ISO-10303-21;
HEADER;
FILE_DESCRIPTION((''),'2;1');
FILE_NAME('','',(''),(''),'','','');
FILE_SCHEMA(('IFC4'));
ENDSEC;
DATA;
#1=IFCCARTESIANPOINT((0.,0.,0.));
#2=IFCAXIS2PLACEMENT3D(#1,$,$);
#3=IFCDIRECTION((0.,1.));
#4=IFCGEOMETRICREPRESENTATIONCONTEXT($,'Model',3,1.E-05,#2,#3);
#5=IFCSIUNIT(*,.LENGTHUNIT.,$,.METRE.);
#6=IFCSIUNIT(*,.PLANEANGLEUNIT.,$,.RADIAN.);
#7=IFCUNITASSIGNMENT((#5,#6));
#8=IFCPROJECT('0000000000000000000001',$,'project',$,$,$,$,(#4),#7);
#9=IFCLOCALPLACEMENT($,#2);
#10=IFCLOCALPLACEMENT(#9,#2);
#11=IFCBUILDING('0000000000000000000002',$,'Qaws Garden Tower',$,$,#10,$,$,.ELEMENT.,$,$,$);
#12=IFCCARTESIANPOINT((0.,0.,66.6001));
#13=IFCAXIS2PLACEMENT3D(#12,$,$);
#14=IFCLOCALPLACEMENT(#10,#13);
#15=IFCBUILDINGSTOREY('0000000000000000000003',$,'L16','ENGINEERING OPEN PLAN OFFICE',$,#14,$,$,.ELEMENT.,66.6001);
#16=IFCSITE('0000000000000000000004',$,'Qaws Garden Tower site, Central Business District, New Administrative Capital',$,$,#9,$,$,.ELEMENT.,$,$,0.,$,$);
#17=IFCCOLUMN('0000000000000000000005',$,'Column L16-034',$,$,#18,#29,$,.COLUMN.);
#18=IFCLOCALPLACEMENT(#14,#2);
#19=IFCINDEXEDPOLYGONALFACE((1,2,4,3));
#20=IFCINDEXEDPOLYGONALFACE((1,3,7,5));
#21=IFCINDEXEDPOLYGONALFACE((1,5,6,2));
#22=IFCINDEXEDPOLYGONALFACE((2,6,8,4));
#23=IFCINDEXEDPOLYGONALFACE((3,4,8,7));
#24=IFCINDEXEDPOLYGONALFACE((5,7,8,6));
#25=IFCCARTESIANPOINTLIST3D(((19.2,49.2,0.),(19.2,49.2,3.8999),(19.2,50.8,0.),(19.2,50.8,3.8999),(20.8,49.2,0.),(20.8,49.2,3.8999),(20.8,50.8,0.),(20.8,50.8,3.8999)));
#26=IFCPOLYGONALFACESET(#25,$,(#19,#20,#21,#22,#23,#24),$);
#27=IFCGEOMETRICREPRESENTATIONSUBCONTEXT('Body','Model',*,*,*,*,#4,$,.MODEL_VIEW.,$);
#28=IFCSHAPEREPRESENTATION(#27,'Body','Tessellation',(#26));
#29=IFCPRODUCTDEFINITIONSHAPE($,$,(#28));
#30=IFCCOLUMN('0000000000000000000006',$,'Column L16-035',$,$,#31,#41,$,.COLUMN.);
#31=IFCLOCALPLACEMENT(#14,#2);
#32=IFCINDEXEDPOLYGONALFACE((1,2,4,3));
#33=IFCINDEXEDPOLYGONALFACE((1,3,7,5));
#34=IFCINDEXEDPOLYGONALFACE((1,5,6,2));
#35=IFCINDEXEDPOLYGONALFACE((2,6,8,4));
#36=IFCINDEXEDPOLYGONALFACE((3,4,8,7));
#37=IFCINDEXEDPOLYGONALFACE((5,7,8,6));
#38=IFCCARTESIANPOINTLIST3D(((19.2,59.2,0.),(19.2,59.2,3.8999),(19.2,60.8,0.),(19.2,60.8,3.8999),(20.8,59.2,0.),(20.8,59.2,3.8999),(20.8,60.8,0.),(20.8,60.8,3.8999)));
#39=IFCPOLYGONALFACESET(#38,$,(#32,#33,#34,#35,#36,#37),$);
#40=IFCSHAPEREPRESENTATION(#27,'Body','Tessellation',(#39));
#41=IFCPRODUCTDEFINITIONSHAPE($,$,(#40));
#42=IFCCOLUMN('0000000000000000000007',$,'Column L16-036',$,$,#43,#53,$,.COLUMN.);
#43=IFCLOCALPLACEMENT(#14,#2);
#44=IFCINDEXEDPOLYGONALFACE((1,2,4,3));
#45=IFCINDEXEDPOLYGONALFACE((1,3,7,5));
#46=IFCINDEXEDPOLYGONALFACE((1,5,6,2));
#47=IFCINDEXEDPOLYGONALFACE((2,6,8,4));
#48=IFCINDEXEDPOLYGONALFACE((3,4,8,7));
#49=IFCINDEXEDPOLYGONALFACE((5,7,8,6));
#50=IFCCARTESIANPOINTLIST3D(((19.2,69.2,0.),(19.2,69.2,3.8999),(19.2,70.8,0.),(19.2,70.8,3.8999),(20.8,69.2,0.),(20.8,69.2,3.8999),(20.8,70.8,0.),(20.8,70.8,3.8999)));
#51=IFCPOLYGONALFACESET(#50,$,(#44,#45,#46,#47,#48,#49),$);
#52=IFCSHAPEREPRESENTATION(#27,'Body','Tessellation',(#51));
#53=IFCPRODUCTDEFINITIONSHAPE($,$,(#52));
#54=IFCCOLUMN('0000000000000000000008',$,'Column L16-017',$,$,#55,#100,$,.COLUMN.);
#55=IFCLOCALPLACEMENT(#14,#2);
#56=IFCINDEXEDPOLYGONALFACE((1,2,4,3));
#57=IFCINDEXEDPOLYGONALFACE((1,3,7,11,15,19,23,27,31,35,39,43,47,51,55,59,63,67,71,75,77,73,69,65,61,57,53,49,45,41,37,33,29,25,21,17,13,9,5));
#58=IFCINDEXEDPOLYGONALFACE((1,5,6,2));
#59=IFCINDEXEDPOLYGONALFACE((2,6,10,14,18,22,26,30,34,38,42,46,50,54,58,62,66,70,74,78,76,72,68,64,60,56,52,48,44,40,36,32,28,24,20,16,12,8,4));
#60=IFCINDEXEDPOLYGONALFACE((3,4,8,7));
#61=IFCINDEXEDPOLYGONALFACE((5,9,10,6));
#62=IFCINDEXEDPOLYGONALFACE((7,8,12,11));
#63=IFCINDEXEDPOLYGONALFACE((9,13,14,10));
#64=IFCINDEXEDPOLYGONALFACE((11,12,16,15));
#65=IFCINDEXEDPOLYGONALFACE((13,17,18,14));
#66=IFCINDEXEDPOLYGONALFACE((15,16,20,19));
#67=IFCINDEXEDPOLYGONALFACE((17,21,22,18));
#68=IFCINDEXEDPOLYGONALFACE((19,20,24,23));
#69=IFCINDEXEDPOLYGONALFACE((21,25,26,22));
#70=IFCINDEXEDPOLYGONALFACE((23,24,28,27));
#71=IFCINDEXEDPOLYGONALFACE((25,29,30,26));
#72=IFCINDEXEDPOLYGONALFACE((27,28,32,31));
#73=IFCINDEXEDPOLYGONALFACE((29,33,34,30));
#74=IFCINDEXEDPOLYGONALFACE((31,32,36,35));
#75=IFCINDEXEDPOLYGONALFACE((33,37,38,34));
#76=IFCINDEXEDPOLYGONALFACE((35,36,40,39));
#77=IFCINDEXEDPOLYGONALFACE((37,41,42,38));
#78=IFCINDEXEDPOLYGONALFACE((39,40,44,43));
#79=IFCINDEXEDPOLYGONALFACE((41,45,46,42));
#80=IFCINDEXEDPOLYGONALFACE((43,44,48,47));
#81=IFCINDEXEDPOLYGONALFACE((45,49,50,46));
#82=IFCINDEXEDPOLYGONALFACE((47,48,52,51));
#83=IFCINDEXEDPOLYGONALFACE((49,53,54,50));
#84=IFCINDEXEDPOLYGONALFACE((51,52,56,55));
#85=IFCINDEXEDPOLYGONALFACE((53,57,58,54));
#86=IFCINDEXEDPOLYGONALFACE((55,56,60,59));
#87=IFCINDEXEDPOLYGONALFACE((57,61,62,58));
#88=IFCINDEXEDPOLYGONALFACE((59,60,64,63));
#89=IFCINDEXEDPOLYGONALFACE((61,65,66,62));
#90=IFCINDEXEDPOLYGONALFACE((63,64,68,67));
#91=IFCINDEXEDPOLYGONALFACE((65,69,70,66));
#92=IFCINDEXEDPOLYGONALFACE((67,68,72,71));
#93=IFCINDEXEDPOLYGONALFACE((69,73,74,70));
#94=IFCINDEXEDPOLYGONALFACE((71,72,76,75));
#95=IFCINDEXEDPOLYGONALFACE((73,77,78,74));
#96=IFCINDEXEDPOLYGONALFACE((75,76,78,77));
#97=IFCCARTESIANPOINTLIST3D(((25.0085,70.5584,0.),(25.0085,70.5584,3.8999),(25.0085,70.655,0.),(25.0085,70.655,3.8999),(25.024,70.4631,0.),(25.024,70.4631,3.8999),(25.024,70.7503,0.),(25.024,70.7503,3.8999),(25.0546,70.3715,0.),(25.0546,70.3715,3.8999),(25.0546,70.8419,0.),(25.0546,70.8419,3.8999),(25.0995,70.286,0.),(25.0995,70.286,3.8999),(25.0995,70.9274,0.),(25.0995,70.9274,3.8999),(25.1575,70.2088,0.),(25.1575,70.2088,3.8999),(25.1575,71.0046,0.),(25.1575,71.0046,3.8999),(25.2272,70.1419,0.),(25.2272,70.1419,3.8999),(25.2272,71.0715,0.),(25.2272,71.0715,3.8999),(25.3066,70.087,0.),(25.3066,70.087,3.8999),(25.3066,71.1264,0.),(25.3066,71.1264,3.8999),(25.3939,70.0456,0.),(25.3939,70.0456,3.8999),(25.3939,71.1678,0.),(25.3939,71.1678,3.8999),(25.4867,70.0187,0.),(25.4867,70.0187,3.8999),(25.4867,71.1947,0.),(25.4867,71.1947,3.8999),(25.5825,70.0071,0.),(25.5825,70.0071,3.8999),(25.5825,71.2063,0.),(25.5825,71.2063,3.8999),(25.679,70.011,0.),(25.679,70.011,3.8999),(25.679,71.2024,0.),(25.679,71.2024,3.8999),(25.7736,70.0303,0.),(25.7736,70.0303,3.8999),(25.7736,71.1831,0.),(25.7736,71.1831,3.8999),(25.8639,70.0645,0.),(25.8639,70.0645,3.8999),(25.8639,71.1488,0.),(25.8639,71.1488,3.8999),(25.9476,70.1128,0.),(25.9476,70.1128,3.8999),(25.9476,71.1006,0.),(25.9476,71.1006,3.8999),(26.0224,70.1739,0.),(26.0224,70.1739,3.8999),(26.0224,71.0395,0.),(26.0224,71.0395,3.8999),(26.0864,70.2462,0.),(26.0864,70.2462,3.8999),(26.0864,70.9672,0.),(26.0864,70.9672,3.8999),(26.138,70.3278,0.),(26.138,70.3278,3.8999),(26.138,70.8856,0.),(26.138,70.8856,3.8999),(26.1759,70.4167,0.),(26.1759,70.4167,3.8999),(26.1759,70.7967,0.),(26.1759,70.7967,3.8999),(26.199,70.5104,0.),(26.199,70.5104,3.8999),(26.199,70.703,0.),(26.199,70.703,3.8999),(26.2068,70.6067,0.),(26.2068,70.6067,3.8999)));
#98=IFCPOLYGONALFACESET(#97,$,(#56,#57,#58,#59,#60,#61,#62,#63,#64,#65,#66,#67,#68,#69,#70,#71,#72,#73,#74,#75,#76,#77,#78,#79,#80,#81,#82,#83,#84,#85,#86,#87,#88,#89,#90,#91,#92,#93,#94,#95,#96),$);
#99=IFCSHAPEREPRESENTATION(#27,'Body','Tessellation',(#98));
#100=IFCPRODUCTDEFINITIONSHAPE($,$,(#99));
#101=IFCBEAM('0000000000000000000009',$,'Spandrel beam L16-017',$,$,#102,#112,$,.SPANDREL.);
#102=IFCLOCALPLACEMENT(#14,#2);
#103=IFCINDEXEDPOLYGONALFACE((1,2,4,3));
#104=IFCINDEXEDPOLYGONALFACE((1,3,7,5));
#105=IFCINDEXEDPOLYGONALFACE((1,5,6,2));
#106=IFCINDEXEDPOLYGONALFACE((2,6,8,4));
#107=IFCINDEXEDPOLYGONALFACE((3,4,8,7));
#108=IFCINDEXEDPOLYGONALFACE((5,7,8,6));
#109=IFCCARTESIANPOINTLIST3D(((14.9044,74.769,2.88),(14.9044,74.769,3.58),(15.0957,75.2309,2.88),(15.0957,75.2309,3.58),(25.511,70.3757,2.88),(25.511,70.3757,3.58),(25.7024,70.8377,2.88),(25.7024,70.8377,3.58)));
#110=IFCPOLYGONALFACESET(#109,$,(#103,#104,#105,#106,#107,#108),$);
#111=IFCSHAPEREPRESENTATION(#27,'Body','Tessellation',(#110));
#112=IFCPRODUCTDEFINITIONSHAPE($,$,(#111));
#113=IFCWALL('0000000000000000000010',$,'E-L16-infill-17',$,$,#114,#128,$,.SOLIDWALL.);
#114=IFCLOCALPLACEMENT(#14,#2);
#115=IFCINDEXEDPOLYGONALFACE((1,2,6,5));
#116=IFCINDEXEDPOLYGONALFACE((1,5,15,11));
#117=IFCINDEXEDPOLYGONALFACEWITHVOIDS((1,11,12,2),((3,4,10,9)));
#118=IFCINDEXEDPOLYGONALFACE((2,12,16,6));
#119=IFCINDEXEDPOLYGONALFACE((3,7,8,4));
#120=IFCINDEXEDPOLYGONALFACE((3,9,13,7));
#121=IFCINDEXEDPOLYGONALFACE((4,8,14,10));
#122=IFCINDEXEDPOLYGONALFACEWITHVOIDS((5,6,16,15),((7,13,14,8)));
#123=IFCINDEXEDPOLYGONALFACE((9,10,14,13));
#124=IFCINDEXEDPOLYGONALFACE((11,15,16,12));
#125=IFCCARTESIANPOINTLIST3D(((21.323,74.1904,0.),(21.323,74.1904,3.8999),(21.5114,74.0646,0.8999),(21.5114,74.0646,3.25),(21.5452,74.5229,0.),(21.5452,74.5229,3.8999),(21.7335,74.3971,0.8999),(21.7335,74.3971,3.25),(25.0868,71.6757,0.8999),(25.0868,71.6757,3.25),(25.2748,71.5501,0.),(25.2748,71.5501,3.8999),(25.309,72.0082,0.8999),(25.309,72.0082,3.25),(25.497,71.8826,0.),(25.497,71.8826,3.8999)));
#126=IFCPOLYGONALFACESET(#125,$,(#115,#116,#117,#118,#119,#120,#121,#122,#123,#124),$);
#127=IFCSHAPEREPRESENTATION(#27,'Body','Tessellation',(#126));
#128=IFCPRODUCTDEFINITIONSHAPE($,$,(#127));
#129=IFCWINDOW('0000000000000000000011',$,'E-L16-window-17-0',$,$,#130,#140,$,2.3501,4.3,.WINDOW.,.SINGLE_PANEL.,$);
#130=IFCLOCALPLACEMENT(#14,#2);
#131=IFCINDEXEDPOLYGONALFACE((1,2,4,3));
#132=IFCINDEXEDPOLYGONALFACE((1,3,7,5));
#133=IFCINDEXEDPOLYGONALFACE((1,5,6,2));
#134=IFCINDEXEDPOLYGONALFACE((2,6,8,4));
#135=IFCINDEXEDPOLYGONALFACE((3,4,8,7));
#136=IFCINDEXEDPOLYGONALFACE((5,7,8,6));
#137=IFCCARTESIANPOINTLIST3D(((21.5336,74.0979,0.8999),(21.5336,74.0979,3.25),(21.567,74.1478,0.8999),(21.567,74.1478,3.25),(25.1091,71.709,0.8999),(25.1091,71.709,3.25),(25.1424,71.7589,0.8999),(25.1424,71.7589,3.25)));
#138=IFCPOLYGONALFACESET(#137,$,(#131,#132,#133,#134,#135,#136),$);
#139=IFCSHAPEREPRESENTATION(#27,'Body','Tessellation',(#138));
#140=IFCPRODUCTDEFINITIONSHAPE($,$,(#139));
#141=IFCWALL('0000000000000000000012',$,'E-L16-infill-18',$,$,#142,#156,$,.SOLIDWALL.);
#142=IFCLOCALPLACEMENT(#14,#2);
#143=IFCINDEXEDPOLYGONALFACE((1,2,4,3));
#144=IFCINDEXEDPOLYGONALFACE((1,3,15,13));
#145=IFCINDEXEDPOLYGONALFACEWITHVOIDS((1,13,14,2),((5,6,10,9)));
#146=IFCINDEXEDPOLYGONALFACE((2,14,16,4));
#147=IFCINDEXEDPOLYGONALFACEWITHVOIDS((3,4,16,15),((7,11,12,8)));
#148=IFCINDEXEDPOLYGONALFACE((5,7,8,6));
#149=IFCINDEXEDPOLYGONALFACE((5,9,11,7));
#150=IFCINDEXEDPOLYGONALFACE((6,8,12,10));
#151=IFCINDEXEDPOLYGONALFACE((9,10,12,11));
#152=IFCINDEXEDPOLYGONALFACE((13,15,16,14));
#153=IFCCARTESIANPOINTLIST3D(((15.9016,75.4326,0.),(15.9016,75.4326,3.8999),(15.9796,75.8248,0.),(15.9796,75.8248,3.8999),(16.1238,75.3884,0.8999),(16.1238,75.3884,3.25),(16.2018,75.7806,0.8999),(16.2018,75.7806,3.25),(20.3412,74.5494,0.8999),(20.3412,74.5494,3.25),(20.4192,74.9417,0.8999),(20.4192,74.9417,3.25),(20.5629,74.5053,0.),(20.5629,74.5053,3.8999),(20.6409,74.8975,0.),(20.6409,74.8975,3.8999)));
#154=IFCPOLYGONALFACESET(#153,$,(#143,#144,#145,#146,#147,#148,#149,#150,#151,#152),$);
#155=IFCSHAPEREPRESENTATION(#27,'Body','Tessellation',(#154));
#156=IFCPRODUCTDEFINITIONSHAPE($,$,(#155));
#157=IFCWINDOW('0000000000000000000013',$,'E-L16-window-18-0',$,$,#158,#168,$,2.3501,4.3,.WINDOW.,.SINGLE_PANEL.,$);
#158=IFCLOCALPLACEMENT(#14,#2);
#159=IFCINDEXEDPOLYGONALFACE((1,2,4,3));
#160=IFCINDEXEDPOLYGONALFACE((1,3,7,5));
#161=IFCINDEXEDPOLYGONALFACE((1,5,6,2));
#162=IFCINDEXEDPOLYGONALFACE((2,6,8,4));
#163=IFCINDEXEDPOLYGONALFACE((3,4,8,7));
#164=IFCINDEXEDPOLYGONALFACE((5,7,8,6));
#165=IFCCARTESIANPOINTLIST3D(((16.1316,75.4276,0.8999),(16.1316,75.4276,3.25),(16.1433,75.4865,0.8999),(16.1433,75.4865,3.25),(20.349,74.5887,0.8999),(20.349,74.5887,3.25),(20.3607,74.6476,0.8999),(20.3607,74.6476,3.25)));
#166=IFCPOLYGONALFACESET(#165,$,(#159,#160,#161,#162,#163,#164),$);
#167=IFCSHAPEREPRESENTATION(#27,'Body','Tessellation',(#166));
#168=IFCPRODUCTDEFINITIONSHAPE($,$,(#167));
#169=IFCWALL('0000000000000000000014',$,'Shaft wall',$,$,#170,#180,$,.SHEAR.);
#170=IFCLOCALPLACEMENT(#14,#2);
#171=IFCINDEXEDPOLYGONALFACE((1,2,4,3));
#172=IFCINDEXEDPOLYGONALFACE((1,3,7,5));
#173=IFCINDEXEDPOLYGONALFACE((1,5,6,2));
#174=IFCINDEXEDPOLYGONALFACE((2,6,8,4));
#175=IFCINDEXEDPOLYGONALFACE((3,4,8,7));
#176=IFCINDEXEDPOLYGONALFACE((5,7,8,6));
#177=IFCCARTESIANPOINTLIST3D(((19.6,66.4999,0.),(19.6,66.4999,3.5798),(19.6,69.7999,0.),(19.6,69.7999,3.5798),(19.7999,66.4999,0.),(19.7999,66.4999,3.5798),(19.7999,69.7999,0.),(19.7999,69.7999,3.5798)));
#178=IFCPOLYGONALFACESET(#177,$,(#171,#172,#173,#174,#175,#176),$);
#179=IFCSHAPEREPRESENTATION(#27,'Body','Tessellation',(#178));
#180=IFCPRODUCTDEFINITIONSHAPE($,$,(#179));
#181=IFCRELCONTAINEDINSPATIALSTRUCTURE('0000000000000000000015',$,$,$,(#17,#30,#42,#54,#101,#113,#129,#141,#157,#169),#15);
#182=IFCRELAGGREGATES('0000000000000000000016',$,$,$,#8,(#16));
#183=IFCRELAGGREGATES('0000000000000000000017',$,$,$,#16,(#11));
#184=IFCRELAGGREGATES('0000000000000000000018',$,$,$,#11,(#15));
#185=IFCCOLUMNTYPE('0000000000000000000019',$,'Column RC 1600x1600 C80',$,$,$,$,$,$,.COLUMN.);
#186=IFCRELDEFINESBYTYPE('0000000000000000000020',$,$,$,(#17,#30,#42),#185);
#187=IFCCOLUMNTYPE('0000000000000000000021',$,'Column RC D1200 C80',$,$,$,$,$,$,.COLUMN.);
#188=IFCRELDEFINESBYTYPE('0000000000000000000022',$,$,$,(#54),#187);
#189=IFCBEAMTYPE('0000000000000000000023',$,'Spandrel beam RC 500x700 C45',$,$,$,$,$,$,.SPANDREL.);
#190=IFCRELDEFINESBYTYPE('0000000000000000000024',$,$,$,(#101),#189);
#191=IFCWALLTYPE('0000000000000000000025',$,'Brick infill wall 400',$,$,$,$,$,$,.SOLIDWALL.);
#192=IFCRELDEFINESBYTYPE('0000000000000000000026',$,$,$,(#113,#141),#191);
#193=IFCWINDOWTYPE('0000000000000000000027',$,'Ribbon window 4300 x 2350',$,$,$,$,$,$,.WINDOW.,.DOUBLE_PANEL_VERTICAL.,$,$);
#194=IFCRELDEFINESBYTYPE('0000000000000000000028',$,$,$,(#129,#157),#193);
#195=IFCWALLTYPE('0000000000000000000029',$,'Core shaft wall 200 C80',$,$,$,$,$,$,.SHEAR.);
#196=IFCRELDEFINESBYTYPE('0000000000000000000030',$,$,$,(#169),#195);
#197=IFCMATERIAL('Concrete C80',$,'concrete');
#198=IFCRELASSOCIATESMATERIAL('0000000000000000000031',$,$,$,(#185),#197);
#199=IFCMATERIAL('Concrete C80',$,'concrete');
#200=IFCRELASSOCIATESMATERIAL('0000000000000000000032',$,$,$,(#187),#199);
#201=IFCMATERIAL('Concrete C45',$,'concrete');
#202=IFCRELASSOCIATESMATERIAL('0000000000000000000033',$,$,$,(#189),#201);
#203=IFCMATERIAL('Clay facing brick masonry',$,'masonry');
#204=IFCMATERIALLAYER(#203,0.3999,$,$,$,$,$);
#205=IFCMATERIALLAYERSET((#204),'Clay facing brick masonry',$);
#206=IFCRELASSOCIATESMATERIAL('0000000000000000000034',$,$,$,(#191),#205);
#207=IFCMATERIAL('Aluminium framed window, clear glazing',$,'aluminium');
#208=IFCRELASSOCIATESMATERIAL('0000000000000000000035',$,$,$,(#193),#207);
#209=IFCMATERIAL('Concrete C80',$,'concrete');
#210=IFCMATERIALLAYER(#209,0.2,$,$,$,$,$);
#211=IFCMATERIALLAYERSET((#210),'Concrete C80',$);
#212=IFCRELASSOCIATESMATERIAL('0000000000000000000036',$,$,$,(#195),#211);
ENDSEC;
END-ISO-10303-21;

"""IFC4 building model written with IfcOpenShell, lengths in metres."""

from ifc_helpers import new_model, si_unit, direction, frame, frame_2d, origin, origin_2d, place, context, subcontext, project, spatial, rectangle, circle, extrude, material, layer, layer_set, material_profile, profile_set, type_object, element, fill, save


model = new_model("IFC4")

# Units and contexts
model_context = context("Model", 3, precision=1e-05, world=origin(), true_north=direction((0.0, 1.0)))
body_context = subcontext(model_context, "Body", "Model", "MODEL_VIEW")
ifc_project = project(units=[si_unit("LENGTHUNIT", "METRE"), si_unit("PLANEANGLEUNIT", "RADIAN")], contexts=[model_context])

# Site, building, storey
site_placement = place(None, origin())
site = spatial("IfcSite", under=ifc_project, at=site_placement, Name="Qaws Garden Tower site, Central Business District, New Administrative Capital", CompositionType="ELEMENT", RefElevation=0.0)
building_placement = place(site_placement, origin())
building = spatial("IfcBuilding", under=site, at=building_placement, Name="Qaws Garden Tower", CompositionType="ELEMENT")
storey_placement = place(building_placement, frame((0.0, 0.0, 66.6001)))
storey = spatial("IfcBuildingStorey", under=building, at=storey_placement, Name="L16", Description="ENGINEERING OPEN PLAN OFFICE", CompositionType="ELEMENT", Elevation=66.6001)

# Columns
ifc_material_1 = material(Name="Concrete C80", Category="concrete")
ifc_material_profile_1 = material_profile(ifc_material_1, rectangle(XDim=1.6001, YDim=1.6001, at=origin_2d()), Name="RC 1600x1600")
ifc_profile_set_1 = profile_set([ifc_material_profile_1], Name="Concrete C80")
column_type_1 = type_object("IfcColumnType", Name="Column RC 1600x1600 C80", PredefinedType="COLUMN", material=ifc_profile_set_1)
for number, where, z_axis, x_axis, name in (
    (1, (20.0, 50.0, 0.0), (0.0, 0.0, 1.0), (1.0, 0.0, 0.0), "Column L16-034"),
    (2, (20.0, 60.0, 0.0), (0.0, 0.0, 1.0), (1.0, 0.0, 0.0), "Column L16-035"),
    (3, (20.0, 70.0, 0.0), (0.0, 0.0, 1.0), (1.0, 0.0, 0.0), "Column L16-036"),
):
    element("IfcColumn", number, at=place(storey_placement, frame(where, z_axis=z_axis, x_axis=x_axis)), inside=storey, type_object=column_type_1, Name=name, PredefinedType="COLUMN", context=body_context, shape_type="SweptSolid", body=[
        extrude(rectangle(XDim=1.6001, YDim=1.6001, at=origin_2d()), origin(), (0.0, 0.0, 1.0), 3.8999),
    ])
ifc_material_2 = material(Name="Concrete C80", Category="concrete")
ifc_material_profile_2 = material_profile(ifc_material_2, circle(Radius=0.6001, at=origin_2d()), Name="RC D1200")
ifc_profile_set_2 = profile_set([ifc_material_profile_2], Name="Concrete C80")
column_type_2 = type_object("IfcColumnType", Name="Column RC D1200 C80", PredefinedType="COLUMN", material=ifc_profile_set_2)
column_placement = place(storey_placement, frame((25.6067, 70.6067, 0.0), z_axis=(0.0, 0.0, 1.0), x_axis=(1.0, 0.0, 0.0)))
element("IfcColumn", 4, at=column_placement, inside=storey, type_object=column_type_2, Name="Column L16-017", PredefinedType="COLUMN", context=body_context, shape_type="SweptSolid", body=[
    extrude(circle(Radius=0.6001, at=origin_2d()), origin(), (0.0, 0.0, 1.0), 3.8999),
])

# Beam
ifc_material_3 = material(Name="Concrete C45", Category="concrete")
ifc_material_profile_3 = material_profile(ifc_material_3, rectangle(XDim=0.5, YDim=0.7, at=origin_2d()), Name="RC 500x700")
ifc_profile_set_3 = profile_set([ifc_material_profile_3], Name="Concrete C45")
beam_type = type_object("IfcBeamType", Name="Spandrel beam RC 500x700 C45", PredefinedType="SPANDREL", material=ifc_profile_set_3)
beam_placement = place(storey_placement, frame((25.6067, 70.6067, 3.23), z_axis=(-0.923883, 0.382674, 0.0), x_axis=(-0.382674, -0.923883, 0.0)))
element("IfcBeam", 5, at=beam_placement, inside=storey, type_object=beam_type, Name="Spandrel beam L16-017", PredefinedType="SPANDREL", context=body_context, shape_type="SweptSolid", body=[
    extrude(rectangle(XDim=0.5, YDim=0.7, at=origin_2d()), origin(), (0.0, 0.0, 1.0), 11.4805),
])

# Walls, openings, windows
ifc_material_4 = material(Name="Clay facing brick masonry", Category="masonry")
ifc_layer_1 = layer(ifc_material_4, 0.3999)
ifc_layer_set_1 = layer_set([ifc_layer_1], Name="Clay facing brick masonry")
wall_type_1 = type_object("IfcWallType", Name="Brick infill wall 400", PredefinedType="SOLIDWALL", material=ifc_layer_set_1)
wall_1_placement = place(storey_placement, frame((25.386, 71.7163, 0.0), z_axis=(0.0, 0.0, 1.0), x_axis=(-0.831489, 0.555542, 0.0)))
wall_1 = element("IfcWall", 6, at=wall_1_placement, inside=storey, type_object=wall_type_1, Name="E-L16-infill-17", PredefinedType="SOLIDWALL", context=body_context, shape_type="SweptSolid", body=[
    extrude(rectangle(XDim=4.7527, YDim=0.3999, at=frame_2d((2.3765, 0.0))), origin(), (0.0, 0.0, 1.0), 3.8999),
])
opening_1_placement = place(wall_1_placement, frame((0.2263, 0.0, 0.8999)))
opening_1 = element("IfcOpeningElement", 7, at=opening_1_placement, cuts=wall_1, PredefinedType="OPENING", context=body_context, shape_type="SweptSolid", body=[
    extrude(rectangle(XDim=4.3, YDim=2.3501, at=frame_2d((2.1499, 1.175))), frame((0.0, 0.21, 0.0), z_axis=(0.0, -1.0, 0.0), x_axis=(1.0, 0.0, 0.0)), (0.0, 0.0, 1.0), 0.4199),
])
ifc_material_5 = material(Name="Aluminium framed window, clear glazing", Category="aluminium")
window_type = type_object("IfcWindowType", Name="Ribbon window 4300 x 2350", PartitioningType="DOUBLE_PANEL_VERTICAL", PredefinedType="WINDOW", material=ifc_material_5)
window_1_placement = place(opening_1_placement, origin())
window_1 = element("IfcWindow", 8, at=window_1_placement, inside=storey, type_object=window_type, Name="E-L16-window-17-0", OverallHeight=2.3501, OverallWidth=4.3, PartitioningType="SINGLE_PANEL", PredefinedType="WINDOW", context=body_context, shape_type="SweptSolid", body=[
    extrude(rectangle(XDim=4.3, YDim=2.3501, at=frame_2d((2.1499, 1.175))), frame((0.0, 0.1599, 0.0), z_axis=(0.0, -1.0, 0.0), x_axis=(1.0, 0.0, 0.0)), (0.0, 0.0, 1.0), 0.0601),
])
fill(opening_1, window_1)
wall_2_placement = place(storey_placement, frame((20.6021, 74.7014, 0.0), z_axis=(0.0, 0.0, 1.0), x_axis=(-0.980784, 0.195099, 0.0)))
wall_2 = element("IfcWall", 9, at=wall_2_placement, inside=storey, type_object=wall_type_1, Name="E-L16-infill-18", PredefinedType="SOLIDWALL", context=body_context, shape_type="SweptSolid", body=[
    extrude(rectangle(XDim=4.7527, YDim=0.3999, at=frame_2d((2.3765, 0.0))), origin(), (0.0, 0.0, 1.0), 3.8999),
])
opening_2_placement = place(wall_2_placement, frame((0.2263, 0.0, 0.8999)))
opening_2 = element("IfcOpeningElement", 10, at=opening_2_placement, cuts=wall_2, PredefinedType="OPENING", context=body_context, shape_type="SweptSolid", body=[
    extrude(rectangle(XDim=4.3, YDim=2.3501, at=frame_2d((2.1499, 1.175))), frame((0.0, 0.21, 0.0), z_axis=(0.0, -1.0, 0.0), x_axis=(1.0, 0.0, 0.0)), (0.0, 0.0, 1.0), 0.4199),
])
window_2_placement = place(opening_2_placement, origin())
window_2 = element("IfcWindow", 11, at=window_2_placement, inside=storey, type_object=window_type, Name="E-L16-window-18-0", OverallHeight=2.3501, OverallWidth=4.3, PartitioningType="SINGLE_PANEL", PredefinedType="WINDOW", context=body_context, shape_type="SweptSolid", body=[
    extrude(rectangle(XDim=4.3, YDim=2.3501, at=frame_2d((2.1499, 1.175))), frame((0.0, 0.1599, 0.0), z_axis=(0.0, -1.0, 0.0), x_axis=(1.0, 0.0, 0.0)), (0.0, 0.0, 1.0), 0.0601),
])
fill(opening_2, window_2)

# Wall
ifc_material_6 = material(Name="Concrete C80", Category="concrete")
ifc_layer_2 = layer(ifc_material_6, 0.2)
ifc_layer_set_2 = layer_set([ifc_layer_2], Name="Concrete C80")
wall_type_2 = type_object("IfcWallType", Name="Core shaft wall 200 C80", PredefinedType="SHEAR", material=ifc_layer_set_2)
wall_3_placement = place(storey_placement, frame((19.7, 66.5, 0.0), z_axis=(0.0, 0.0, 1.0), x_axis=(0.0, 1.0, 0.0)))
element("IfcWall", 12, at=wall_3_placement, inside=storey, type_object=wall_type_2, Name="Shaft wall", PredefinedType="SHEAR", context=body_context, shape_type="SweptSolid", body=[
    extrude(rectangle(XDim=3.3, YDim=0.2, at=frame_2d((1.6499, 0.0))), origin(), (0.0, 0.0, 1.0), 3.5798),
])

save(model, "model.ifc")
